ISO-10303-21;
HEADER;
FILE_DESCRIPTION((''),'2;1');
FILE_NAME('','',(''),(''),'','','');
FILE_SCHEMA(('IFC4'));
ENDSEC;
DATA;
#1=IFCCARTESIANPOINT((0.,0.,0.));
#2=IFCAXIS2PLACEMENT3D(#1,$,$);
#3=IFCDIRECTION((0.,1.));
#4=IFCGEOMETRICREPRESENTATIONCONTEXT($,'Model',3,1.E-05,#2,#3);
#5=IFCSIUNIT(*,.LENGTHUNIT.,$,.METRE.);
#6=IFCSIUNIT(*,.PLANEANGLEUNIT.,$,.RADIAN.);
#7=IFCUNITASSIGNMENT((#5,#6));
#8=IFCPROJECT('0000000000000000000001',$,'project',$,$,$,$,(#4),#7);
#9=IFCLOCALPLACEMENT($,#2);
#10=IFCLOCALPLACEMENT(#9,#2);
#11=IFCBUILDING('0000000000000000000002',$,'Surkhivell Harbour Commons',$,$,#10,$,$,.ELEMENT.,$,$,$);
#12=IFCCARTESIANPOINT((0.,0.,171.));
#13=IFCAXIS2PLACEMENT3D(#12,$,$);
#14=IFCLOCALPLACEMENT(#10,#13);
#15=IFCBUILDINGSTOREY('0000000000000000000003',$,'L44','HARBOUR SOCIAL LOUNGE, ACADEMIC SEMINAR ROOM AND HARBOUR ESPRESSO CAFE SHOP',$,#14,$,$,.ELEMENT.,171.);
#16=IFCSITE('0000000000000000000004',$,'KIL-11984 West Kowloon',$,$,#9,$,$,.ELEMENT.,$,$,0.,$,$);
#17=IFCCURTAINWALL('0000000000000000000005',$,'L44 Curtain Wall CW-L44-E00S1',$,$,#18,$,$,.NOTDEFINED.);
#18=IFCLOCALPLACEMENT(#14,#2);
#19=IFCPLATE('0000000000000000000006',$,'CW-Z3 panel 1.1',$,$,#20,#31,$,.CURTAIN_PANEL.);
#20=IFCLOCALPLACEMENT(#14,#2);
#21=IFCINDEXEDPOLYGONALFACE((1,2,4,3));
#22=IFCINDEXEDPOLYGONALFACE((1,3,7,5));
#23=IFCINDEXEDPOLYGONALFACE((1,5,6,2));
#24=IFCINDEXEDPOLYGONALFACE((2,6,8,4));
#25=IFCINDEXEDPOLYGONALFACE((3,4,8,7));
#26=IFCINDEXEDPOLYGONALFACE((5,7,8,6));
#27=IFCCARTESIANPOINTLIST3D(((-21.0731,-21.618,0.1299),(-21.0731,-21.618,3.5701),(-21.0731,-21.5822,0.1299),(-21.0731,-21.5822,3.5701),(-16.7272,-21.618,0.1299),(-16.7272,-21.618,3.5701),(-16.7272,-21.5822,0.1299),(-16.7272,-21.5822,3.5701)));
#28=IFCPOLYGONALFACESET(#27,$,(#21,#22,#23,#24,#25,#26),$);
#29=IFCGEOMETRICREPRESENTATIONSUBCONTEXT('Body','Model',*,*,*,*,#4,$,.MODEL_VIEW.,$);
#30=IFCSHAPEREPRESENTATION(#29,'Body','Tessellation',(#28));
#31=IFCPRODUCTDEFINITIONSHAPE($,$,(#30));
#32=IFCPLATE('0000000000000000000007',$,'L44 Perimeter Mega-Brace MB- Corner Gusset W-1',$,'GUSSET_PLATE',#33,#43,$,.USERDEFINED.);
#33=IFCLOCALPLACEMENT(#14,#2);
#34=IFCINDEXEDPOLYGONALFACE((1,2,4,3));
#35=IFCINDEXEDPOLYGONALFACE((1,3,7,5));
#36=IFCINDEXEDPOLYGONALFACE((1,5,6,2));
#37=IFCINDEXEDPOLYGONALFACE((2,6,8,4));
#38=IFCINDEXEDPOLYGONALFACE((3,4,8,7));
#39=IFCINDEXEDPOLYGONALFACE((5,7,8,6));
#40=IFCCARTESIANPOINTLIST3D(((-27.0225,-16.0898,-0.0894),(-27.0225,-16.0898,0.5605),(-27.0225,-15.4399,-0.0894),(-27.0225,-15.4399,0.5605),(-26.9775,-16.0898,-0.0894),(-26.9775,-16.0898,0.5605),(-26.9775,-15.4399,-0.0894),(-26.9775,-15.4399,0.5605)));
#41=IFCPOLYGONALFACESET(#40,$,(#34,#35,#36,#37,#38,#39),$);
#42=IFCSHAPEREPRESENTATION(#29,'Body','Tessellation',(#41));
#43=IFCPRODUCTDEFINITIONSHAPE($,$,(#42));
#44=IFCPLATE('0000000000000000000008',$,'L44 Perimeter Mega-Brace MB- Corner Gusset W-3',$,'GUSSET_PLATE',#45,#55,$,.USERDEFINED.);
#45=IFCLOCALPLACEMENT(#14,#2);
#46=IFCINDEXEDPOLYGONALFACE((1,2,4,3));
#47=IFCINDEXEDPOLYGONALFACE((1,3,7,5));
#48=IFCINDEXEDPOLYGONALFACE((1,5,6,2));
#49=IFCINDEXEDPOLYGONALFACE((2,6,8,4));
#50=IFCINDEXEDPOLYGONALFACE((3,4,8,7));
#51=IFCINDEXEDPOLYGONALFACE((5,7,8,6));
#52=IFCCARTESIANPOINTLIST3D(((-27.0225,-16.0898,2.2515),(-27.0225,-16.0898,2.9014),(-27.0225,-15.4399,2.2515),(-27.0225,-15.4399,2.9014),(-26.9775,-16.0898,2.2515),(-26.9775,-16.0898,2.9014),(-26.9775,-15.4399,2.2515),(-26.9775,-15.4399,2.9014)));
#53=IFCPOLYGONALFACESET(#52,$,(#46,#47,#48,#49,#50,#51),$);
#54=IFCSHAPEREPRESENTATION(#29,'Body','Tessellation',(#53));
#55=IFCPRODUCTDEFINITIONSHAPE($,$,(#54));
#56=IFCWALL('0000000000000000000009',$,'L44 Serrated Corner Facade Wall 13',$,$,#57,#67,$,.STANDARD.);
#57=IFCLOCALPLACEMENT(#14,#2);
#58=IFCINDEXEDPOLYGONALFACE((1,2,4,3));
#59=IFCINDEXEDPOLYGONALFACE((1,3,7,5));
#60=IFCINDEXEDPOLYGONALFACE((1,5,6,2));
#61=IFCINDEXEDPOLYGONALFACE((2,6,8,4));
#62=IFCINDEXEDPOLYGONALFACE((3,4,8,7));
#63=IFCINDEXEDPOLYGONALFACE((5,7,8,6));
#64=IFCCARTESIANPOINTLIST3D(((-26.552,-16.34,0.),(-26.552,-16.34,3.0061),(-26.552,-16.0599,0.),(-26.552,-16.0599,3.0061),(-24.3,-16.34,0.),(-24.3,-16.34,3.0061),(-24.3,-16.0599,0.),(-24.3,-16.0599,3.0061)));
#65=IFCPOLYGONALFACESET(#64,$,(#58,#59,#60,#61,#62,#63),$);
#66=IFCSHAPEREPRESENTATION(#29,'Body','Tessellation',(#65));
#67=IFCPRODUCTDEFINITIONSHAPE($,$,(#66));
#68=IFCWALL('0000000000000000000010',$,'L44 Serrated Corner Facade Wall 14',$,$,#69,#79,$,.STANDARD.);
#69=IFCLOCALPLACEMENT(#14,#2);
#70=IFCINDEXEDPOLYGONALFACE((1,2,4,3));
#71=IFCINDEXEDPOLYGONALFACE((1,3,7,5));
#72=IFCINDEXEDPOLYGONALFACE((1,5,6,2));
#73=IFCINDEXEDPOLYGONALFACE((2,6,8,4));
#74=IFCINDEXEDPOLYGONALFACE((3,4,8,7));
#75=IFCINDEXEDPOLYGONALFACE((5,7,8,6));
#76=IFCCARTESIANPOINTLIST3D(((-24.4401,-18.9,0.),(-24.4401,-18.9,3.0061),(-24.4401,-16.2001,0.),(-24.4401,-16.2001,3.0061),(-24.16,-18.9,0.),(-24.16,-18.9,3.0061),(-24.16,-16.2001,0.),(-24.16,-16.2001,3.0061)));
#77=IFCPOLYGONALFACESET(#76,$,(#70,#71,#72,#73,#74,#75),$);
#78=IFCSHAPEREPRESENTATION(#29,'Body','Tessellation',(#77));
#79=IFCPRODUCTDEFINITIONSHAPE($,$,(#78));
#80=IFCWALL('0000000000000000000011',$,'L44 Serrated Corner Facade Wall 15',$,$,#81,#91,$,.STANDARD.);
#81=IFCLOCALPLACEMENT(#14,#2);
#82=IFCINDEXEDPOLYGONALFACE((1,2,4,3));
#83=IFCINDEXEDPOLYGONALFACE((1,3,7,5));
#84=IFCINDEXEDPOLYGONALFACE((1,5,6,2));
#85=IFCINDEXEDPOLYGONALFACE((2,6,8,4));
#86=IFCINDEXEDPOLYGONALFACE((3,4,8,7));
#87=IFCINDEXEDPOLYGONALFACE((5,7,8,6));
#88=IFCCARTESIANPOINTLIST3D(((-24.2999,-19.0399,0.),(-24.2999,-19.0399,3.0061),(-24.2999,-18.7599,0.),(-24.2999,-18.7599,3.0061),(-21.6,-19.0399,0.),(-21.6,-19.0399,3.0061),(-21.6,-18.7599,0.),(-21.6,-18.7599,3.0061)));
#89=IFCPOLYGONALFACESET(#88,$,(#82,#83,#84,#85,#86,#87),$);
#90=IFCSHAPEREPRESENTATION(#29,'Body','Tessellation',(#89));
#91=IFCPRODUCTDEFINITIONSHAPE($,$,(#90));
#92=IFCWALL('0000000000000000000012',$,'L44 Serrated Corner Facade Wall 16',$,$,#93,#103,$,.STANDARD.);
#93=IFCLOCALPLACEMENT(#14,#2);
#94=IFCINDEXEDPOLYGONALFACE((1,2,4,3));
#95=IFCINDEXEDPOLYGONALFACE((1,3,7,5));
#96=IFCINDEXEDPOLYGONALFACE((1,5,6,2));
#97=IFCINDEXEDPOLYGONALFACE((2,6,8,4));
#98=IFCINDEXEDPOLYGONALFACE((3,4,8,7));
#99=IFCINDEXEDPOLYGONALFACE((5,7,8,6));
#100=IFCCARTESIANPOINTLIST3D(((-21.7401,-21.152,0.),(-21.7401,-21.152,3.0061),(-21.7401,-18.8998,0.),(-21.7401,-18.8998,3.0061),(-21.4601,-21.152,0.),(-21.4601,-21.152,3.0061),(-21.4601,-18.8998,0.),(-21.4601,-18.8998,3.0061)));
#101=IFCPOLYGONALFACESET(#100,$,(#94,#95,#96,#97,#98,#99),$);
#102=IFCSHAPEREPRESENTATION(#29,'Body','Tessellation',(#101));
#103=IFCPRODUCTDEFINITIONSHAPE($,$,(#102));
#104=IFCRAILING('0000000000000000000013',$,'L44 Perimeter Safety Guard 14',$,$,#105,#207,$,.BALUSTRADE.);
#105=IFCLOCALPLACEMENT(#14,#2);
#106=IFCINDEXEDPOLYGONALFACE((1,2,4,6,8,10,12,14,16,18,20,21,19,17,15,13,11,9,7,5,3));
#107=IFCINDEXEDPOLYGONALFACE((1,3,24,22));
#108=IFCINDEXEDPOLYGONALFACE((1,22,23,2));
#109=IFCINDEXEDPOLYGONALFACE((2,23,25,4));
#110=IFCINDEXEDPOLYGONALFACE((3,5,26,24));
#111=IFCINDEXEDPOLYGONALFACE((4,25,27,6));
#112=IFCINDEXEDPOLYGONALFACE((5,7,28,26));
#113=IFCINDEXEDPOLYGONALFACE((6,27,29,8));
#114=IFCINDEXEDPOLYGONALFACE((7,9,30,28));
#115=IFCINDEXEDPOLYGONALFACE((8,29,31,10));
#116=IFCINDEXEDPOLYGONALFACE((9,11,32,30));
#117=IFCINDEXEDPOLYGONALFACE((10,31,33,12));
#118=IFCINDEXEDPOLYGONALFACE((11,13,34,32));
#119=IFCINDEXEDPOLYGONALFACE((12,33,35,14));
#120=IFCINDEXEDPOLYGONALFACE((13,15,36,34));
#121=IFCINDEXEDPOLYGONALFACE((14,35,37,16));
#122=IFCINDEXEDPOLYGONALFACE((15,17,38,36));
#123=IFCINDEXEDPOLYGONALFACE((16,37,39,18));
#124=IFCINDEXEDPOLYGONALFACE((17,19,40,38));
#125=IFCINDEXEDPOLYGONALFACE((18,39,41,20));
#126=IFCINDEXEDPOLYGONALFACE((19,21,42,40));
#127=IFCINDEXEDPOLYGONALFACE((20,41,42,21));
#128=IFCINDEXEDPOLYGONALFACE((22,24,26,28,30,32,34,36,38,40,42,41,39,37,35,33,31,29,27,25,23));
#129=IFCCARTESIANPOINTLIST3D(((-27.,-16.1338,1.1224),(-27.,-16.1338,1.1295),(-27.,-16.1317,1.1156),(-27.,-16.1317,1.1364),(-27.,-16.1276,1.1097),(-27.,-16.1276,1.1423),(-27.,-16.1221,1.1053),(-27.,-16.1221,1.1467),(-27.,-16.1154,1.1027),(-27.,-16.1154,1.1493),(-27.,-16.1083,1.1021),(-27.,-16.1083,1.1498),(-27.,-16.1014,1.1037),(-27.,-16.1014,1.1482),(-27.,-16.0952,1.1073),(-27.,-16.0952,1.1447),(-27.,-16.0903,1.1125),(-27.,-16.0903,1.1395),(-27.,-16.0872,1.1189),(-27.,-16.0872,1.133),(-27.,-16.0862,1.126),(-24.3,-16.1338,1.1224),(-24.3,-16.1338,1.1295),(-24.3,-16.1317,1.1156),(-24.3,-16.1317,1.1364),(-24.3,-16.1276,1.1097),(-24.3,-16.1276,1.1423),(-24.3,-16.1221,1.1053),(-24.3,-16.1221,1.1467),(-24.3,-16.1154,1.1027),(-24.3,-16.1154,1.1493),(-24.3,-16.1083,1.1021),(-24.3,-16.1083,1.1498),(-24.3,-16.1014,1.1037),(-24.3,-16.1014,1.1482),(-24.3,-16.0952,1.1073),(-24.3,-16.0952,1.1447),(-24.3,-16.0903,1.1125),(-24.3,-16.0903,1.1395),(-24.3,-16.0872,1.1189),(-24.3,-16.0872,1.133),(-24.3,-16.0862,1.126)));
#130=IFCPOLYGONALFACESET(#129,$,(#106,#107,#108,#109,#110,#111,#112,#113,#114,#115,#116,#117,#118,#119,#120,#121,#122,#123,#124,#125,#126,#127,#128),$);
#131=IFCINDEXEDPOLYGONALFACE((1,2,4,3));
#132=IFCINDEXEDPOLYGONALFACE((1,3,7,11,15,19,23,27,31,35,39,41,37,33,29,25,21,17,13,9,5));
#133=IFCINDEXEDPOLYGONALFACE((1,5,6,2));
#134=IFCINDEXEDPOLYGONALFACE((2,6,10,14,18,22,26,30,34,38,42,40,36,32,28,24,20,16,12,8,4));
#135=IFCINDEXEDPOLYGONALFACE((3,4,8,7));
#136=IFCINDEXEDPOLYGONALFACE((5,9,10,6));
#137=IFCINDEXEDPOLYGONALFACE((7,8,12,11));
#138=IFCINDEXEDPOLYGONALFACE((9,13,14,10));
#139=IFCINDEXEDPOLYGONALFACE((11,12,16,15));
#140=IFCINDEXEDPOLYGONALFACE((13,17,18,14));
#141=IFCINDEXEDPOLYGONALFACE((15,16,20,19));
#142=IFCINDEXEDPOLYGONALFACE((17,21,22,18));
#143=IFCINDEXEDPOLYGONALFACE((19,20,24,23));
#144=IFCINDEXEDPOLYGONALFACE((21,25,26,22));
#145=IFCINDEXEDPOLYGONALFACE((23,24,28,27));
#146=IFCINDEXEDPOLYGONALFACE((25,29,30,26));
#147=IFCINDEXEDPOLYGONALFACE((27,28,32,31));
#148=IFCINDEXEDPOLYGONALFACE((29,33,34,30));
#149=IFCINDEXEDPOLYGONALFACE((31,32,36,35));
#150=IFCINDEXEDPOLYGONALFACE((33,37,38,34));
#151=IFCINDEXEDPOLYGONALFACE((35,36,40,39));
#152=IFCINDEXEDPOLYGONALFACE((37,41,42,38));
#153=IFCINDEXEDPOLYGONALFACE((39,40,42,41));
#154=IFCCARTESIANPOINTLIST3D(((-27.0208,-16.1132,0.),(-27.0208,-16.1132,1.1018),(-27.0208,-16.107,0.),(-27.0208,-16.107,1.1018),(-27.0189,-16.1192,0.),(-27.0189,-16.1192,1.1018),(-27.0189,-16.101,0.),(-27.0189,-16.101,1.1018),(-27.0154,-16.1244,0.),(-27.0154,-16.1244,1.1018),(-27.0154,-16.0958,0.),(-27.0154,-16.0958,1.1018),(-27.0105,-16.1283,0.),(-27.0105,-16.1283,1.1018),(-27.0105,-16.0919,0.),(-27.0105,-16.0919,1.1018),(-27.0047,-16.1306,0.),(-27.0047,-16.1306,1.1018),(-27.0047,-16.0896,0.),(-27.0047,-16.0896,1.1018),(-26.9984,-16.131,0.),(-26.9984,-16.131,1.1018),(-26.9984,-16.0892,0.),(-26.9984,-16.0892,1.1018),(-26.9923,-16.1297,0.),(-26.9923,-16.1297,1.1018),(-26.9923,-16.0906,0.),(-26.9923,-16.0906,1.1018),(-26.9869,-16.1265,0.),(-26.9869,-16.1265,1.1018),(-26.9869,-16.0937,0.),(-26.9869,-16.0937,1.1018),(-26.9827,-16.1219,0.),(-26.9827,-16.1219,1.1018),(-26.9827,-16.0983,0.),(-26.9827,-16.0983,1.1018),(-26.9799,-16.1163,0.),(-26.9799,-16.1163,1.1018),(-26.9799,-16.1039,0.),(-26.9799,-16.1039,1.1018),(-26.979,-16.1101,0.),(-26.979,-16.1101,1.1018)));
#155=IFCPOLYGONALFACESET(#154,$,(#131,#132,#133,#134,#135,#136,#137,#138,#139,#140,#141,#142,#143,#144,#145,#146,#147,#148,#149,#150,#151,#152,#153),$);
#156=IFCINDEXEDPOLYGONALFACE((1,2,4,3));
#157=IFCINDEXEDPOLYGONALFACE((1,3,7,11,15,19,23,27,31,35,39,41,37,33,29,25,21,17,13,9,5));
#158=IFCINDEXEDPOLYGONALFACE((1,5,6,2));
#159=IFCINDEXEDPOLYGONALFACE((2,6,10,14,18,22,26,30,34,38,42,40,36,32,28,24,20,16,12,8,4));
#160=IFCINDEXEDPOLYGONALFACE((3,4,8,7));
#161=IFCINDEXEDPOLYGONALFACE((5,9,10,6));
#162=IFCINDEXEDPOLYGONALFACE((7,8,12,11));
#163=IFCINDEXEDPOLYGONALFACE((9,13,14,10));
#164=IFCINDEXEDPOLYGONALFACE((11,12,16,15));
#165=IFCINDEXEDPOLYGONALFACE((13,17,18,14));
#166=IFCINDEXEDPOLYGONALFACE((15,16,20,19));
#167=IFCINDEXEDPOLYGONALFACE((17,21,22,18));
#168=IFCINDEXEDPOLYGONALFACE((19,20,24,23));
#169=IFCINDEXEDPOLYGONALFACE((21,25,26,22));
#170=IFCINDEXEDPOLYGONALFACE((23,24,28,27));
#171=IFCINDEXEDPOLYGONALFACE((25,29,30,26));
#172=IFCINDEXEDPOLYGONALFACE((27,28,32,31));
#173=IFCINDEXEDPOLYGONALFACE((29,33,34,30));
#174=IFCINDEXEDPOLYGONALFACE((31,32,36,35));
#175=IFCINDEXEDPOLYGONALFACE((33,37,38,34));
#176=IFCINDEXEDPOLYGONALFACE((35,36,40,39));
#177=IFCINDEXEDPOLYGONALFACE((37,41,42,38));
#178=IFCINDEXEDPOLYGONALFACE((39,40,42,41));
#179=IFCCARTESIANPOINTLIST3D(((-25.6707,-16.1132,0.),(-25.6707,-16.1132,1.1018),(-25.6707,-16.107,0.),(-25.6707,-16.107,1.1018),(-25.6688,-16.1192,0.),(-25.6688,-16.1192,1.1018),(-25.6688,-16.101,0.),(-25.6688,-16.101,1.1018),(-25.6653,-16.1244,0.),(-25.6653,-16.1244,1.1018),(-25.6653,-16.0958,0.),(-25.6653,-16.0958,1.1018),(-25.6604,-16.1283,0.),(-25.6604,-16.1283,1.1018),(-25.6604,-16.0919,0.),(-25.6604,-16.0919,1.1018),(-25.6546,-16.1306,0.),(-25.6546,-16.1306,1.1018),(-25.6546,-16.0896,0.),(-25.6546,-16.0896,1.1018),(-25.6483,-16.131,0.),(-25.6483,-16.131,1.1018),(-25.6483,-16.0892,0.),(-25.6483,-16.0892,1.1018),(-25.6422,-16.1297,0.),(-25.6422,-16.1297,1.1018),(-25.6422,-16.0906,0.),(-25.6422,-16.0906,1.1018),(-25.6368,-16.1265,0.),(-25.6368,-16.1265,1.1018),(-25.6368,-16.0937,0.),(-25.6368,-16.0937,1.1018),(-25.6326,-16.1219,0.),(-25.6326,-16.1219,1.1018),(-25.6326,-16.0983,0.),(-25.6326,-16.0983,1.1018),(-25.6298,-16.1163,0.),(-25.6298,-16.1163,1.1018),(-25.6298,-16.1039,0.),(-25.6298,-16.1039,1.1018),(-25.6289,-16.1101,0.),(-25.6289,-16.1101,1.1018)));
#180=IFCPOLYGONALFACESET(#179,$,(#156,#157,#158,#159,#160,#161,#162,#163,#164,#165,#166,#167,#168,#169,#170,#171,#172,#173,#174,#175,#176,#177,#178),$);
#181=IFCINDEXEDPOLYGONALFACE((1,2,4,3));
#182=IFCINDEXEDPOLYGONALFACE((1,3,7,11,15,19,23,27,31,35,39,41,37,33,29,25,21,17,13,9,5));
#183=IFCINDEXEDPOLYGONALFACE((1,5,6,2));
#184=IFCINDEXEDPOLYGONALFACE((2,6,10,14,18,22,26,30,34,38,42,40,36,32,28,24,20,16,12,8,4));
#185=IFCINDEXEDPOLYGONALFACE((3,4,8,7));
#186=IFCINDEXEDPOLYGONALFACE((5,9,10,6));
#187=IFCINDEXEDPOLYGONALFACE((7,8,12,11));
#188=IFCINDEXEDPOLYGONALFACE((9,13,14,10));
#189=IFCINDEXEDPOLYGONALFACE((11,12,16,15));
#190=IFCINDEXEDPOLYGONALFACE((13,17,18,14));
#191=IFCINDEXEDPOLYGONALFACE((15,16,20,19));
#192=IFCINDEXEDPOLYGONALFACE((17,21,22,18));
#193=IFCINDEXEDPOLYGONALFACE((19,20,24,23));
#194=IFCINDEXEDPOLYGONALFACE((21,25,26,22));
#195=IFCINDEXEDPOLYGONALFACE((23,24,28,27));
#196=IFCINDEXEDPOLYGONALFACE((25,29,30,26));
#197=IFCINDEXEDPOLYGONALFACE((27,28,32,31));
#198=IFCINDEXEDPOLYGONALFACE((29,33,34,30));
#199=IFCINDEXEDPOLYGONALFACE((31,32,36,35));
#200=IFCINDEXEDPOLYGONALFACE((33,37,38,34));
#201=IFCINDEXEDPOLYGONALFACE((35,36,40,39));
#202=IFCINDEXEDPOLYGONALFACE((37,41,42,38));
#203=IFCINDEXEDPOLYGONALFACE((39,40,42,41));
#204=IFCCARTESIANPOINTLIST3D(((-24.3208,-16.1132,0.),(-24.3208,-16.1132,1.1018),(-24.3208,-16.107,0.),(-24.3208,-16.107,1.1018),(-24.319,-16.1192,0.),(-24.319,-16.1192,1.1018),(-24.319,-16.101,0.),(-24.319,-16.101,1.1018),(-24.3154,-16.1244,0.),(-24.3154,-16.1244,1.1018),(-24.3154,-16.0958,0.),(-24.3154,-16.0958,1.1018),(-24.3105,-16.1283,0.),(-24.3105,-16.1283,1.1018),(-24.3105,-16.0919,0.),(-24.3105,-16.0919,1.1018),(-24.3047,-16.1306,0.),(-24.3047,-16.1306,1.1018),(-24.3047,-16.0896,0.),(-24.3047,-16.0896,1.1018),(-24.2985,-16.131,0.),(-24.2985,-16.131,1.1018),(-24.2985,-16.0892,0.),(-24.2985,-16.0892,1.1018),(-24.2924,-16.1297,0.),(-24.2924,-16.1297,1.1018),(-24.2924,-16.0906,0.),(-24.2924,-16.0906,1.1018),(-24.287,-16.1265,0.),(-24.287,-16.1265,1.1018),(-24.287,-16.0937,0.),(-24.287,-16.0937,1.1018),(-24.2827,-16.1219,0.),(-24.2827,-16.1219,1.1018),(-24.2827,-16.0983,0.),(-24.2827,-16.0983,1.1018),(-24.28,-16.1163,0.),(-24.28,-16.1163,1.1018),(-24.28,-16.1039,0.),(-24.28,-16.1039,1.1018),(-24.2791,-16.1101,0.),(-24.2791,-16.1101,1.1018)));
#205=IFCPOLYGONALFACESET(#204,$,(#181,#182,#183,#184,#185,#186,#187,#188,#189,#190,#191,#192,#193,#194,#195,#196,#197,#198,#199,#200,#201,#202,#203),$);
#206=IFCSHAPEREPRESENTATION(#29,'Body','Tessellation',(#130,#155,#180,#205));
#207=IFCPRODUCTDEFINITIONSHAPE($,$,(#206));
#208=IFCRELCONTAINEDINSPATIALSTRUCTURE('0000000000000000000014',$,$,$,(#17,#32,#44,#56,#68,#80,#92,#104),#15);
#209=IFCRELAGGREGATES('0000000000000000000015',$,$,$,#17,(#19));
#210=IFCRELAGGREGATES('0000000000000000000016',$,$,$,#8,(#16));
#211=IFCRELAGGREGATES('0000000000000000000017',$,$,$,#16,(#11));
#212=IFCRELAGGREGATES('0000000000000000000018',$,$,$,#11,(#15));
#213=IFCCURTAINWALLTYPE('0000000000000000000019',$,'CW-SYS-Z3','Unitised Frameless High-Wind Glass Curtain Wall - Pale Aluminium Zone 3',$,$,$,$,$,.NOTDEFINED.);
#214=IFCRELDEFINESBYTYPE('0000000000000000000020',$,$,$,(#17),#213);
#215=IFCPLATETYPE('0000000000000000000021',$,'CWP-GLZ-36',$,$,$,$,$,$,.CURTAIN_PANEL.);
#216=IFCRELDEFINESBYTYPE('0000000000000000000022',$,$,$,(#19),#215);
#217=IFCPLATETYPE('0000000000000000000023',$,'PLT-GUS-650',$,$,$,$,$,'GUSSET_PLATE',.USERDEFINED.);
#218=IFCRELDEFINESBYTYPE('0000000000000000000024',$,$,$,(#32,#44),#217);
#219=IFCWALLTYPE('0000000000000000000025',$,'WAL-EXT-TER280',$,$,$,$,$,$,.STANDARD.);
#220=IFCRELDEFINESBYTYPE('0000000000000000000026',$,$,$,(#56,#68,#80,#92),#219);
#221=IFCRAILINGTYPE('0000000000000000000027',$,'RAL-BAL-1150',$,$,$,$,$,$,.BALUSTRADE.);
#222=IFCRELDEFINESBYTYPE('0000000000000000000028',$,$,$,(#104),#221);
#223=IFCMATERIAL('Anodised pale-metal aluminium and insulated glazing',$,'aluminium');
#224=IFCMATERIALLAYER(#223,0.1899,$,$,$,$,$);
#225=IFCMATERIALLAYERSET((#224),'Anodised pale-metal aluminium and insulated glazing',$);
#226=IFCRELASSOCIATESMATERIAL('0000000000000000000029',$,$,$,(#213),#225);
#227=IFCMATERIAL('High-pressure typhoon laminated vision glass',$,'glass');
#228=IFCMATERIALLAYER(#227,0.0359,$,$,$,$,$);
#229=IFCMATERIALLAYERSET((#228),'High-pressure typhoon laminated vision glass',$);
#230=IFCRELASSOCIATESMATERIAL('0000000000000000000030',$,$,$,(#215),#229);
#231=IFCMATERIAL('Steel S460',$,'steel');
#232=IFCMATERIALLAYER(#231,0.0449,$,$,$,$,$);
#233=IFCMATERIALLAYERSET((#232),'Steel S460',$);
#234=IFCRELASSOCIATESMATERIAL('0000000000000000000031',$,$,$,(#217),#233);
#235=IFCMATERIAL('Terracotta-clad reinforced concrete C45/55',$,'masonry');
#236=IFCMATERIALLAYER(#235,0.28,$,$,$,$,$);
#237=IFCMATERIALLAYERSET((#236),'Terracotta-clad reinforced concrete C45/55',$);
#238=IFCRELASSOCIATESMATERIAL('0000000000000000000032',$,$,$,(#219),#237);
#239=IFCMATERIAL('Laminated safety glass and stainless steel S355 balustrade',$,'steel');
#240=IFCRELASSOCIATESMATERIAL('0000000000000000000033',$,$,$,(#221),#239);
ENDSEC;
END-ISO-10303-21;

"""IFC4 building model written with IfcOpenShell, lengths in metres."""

from ifc_helpers import new_model, si_unit, direction, frame, frame_2d, origin, origin_2d, place, context, subcontext, project, spatial, rectangle, circle, extrude, material, layer, layer_set, type_object, element, aggregate, save


model = new_model("IFC4")

# Units and contexts
model_context = context("Model", 3, precision=1e-05, world=origin(), true_north=direction((0.0, 1.0)))
body_context = subcontext(model_context, "Body", "Model", "MODEL_VIEW")
ifc_project = project(units=[si_unit("LENGTHUNIT", "METRE"), si_unit("PLANEANGLEUNIT", "RADIAN")], contexts=[model_context])

# Site, building, storey
site_placement = place(None, origin())
site = spatial("IfcSite", under=ifc_project, at=site_placement, Name="KIL-11984 West Kowloon", CompositionType="ELEMENT", RefElevation=0.0)
building_placement = place(site_placement, origin())
building = spatial("IfcBuilding", under=site, at=building_placement, Name="Surkhivell Harbour Commons", CompositionType="ELEMENT")
storey_placement = place(building_placement, frame((0.0, 0.0, 171.0)))
storey = spatial("IfcBuildingStorey", under=building, at=storey_placement, Name="L44", Description="HARBOUR SOCIAL LOUNGE, ACADEMIC SEMINAR ROOM AND HARBOUR ESPRESSO CAFE SHOP", CompositionType="ELEMENT", Elevation=171.0)

# Curtain wall
ifc_material_1 = material(Name="Anodised pale-metal aluminium and insulated glazing", Category="aluminium")
ifc_layer_1 = layer(ifc_material_1, 0.1899)
ifc_layer_set_1 = layer_set([ifc_layer_1], Name="Anodised pale-metal aluminium and insulated glazing")
curtain_wall_type = type_object("IfcCurtainWallType", Name="CW-SYS-Z3", Description="Unitised Frameless High-Wind Glass Curtain Wall - Pale Aluminium Zone 3", PredefinedType="NOTDEFINED", material=ifc_layer_set_1)
curtain_wall_placement = place(storey_placement, origin())
curtain_wall = element("IfcCurtainWall", 1, at=curtain_wall_placement, inside=storey, type_object=curtain_wall_type, Name="L44 Curtain Wall CW-L44-E00S1", PredefinedType="NOTDEFINED")

# Shared definitions
ifc_material_2 = material(Name="Steel S460", Category="steel")

# Plate
ifc_material_3 = material(Name="High-pressure typhoon laminated vision glass", Category="glass")
ifc_layer_2 = layer(ifc_material_3, 0.0359)
ifc_layer_set_2 = layer_set([ifc_layer_2], Name="High-pressure typhoon laminated vision glass")
plate_type_1 = type_object("IfcPlateType", Name="CWP-GLZ-36", PredefinedType="CURTAIN_PANEL", material=ifc_layer_set_2)
plate_placement = place(storey_placement, frame((-21.073, -21.6001, 0.1299), z_axis=(0.0, 0.0, 1.0), x_axis=(1.0, 0.0, 0.0)))
plate = element("IfcPlate", 2, at=plate_placement, type_object=plate_type_1, Name="CW-Z3 panel 1.1", PredefinedType="CURTAIN_PANEL", context=body_context, shape_type="SweptSolid", body=[
    extrude(rectangle(XDim=4.3459, YDim=0.0359, at=frame_2d((2.1729, 0.0))), origin(), (0.0, 0.0, 1.0), 3.4402),
])
aggregate(curtain_wall, [plate])

# Plates
ifc_layer_3 = layer(ifc_material_2, 0.0449)
ifc_layer_set_3 = layer_set([ifc_layer_3], Name="Steel S460")
plate_type_2 = type_object("IfcPlateType", Name="PLT-GUS-650", ElementType="GUSSET_PLATE", PredefinedType="USERDEFINED", material=ifc_layer_set_3)
for number, where, z_axis, x_axis, name in (
    (3, (-27.0, -15.7649, -0.0894), (0.0, 0.0, 1.0), (0.0, 1.0, 0.0), "L44 Perimeter Mega-Brace MB- Corner Gusset W-1"),
    (4, (-27.0, -15.7649, 2.2515), (0.0, 0.0, 1.0), (0.0, 1.0, 0.0), "L44 Perimeter Mega-Brace MB- Corner Gusset W-3"),
):
    element("IfcPlate", number, at=place(storey_placement, frame(where, z_axis=z_axis, x_axis=x_axis)), inside=storey, type_object=plate_type_2, Name=name, ObjectType="GUSSET_PLATE", PredefinedType="USERDEFINED", context=body_context, shape_type="SweptSolid", body=[
        extrude(rectangle(XDim=0.6499, YDim=0.0449, at=origin_2d()), origin(), (0.0, 0.0, 1.0), 0.6499),
    ])

# Walls
ifc_material_4 = material(Name="Terracotta-clad reinforced concrete C45/55", Category="masonry")
ifc_layer_4 = layer(ifc_material_4, 0.28)
ifc_layer_set_4 = layer_set([ifc_layer_4], Name="Terracotta-clad reinforced concrete C45/55")
wall_type = type_object("IfcWallType", Name="WAL-EXT-TER280", PredefinedType="STANDARD", material=ifc_layer_set_4)
wall_1_placement = place(storey_placement, frame((-26.552, -16.2, 0.0), z_axis=(0.0, 0.0, 1.0), x_axis=(1.0, 0.0, 0.0)))
element("IfcWall", 5, at=wall_1_placement, inside=storey, type_object=wall_type, Name="L44 Serrated Corner Facade Wall 13", PredefinedType="STANDARD", context=body_context, shape_type="SweptSolid", body=[
    extrude(rectangle(XDim=2.252, YDim=0.28, at=frame_2d((1.126, 0.0))), origin(), (0.0, 0.0, 1.0), 3.0061),
])
for number, where, z_axis, x_axis, name in (
    (6, (-24.3, -16.2, 0.0), (0.0, 0.0, 1.0), (0.0, -1.0, 0.0), "L44 Serrated Corner Facade Wall 14"),
    (7, (-24.3, -18.8999, 0.0), (0.0, 0.0, 1.0), (1.0, 0.0, 0.0), "L44 Serrated Corner Facade Wall 15"),
):
    element("IfcWall", number, at=place(storey_placement, frame(where, z_axis=z_axis, x_axis=x_axis)), inside=storey, type_object=wall_type, Name=name, PredefinedType="STANDARD", context=body_context, shape_type="SweptSolid", body=[
        extrude(rectangle(XDim=2.7, YDim=0.28, at=frame_2d((1.3501, 0.0))), origin(), (0.0, 0.0, 1.0), 3.0061),
    ])
wall_2_placement = place(storey_placement, frame((-21.6001, -18.8999, 0.0), z_axis=(0.0, 0.0, 1.0), x_axis=(0.0, -1.0, 0.0)))
element("IfcWall", 8, at=wall_2_placement, inside=storey, type_object=wall_type, Name="L44 Serrated Corner Facade Wall 16", PredefinedType="STANDARD", context=body_context, shape_type="SweptSolid", body=[
    extrude(rectangle(XDim=2.2522, YDim=0.28, at=frame_2d((1.126, 0.0))), origin(), (0.0, 0.0, 1.0), 3.0061),
])

# Railing
ifc_material_5 = material(Name="Laminated safety glass and stainless steel S355 balustrade", Category="steel")
railing_type = type_object("IfcRailingType", Name="RAL-BAL-1150", PredefinedType="BALUSTRADE", material=ifc_material_5)
railing_1_placement = place(storey_placement, frame((-27.0, -16.1101, 0.0)))
element("IfcRailing", 9, at=railing_1_placement, inside=storey, type_object=railing_type, Name="L44 Perimeter Safety Guard 14", PredefinedType="BALUSTRADE", context=body_context, shape_type="SweptSolid", body=[
    extrude(circle(Radius=0.0239, at=origin_2d()), frame((0.0, 0.0, 1.126), z_axis=(1.0, 0.0, 0.0), x_axis=(0.0, 1.0, 0.0)), (0.0, 0.0, 1.0), 2.7),
    extrude(circle(Radius=0.021, at=origin_2d()), origin(), (0.0, 0.0, 1.0), 1.1018),
    extrude(circle(Radius=0.021, at=origin_2d()), frame((1.3501, 0.0, 0.0)), (0.0, 0.0, 1.0), 1.1018),
    extrude(circle(Radius=0.021, at=origin_2d()), frame((2.7, 0.0, 0.0)), (0.0, 0.0, 1.0), 1.1018),
])

save(model, "model.ifc")
